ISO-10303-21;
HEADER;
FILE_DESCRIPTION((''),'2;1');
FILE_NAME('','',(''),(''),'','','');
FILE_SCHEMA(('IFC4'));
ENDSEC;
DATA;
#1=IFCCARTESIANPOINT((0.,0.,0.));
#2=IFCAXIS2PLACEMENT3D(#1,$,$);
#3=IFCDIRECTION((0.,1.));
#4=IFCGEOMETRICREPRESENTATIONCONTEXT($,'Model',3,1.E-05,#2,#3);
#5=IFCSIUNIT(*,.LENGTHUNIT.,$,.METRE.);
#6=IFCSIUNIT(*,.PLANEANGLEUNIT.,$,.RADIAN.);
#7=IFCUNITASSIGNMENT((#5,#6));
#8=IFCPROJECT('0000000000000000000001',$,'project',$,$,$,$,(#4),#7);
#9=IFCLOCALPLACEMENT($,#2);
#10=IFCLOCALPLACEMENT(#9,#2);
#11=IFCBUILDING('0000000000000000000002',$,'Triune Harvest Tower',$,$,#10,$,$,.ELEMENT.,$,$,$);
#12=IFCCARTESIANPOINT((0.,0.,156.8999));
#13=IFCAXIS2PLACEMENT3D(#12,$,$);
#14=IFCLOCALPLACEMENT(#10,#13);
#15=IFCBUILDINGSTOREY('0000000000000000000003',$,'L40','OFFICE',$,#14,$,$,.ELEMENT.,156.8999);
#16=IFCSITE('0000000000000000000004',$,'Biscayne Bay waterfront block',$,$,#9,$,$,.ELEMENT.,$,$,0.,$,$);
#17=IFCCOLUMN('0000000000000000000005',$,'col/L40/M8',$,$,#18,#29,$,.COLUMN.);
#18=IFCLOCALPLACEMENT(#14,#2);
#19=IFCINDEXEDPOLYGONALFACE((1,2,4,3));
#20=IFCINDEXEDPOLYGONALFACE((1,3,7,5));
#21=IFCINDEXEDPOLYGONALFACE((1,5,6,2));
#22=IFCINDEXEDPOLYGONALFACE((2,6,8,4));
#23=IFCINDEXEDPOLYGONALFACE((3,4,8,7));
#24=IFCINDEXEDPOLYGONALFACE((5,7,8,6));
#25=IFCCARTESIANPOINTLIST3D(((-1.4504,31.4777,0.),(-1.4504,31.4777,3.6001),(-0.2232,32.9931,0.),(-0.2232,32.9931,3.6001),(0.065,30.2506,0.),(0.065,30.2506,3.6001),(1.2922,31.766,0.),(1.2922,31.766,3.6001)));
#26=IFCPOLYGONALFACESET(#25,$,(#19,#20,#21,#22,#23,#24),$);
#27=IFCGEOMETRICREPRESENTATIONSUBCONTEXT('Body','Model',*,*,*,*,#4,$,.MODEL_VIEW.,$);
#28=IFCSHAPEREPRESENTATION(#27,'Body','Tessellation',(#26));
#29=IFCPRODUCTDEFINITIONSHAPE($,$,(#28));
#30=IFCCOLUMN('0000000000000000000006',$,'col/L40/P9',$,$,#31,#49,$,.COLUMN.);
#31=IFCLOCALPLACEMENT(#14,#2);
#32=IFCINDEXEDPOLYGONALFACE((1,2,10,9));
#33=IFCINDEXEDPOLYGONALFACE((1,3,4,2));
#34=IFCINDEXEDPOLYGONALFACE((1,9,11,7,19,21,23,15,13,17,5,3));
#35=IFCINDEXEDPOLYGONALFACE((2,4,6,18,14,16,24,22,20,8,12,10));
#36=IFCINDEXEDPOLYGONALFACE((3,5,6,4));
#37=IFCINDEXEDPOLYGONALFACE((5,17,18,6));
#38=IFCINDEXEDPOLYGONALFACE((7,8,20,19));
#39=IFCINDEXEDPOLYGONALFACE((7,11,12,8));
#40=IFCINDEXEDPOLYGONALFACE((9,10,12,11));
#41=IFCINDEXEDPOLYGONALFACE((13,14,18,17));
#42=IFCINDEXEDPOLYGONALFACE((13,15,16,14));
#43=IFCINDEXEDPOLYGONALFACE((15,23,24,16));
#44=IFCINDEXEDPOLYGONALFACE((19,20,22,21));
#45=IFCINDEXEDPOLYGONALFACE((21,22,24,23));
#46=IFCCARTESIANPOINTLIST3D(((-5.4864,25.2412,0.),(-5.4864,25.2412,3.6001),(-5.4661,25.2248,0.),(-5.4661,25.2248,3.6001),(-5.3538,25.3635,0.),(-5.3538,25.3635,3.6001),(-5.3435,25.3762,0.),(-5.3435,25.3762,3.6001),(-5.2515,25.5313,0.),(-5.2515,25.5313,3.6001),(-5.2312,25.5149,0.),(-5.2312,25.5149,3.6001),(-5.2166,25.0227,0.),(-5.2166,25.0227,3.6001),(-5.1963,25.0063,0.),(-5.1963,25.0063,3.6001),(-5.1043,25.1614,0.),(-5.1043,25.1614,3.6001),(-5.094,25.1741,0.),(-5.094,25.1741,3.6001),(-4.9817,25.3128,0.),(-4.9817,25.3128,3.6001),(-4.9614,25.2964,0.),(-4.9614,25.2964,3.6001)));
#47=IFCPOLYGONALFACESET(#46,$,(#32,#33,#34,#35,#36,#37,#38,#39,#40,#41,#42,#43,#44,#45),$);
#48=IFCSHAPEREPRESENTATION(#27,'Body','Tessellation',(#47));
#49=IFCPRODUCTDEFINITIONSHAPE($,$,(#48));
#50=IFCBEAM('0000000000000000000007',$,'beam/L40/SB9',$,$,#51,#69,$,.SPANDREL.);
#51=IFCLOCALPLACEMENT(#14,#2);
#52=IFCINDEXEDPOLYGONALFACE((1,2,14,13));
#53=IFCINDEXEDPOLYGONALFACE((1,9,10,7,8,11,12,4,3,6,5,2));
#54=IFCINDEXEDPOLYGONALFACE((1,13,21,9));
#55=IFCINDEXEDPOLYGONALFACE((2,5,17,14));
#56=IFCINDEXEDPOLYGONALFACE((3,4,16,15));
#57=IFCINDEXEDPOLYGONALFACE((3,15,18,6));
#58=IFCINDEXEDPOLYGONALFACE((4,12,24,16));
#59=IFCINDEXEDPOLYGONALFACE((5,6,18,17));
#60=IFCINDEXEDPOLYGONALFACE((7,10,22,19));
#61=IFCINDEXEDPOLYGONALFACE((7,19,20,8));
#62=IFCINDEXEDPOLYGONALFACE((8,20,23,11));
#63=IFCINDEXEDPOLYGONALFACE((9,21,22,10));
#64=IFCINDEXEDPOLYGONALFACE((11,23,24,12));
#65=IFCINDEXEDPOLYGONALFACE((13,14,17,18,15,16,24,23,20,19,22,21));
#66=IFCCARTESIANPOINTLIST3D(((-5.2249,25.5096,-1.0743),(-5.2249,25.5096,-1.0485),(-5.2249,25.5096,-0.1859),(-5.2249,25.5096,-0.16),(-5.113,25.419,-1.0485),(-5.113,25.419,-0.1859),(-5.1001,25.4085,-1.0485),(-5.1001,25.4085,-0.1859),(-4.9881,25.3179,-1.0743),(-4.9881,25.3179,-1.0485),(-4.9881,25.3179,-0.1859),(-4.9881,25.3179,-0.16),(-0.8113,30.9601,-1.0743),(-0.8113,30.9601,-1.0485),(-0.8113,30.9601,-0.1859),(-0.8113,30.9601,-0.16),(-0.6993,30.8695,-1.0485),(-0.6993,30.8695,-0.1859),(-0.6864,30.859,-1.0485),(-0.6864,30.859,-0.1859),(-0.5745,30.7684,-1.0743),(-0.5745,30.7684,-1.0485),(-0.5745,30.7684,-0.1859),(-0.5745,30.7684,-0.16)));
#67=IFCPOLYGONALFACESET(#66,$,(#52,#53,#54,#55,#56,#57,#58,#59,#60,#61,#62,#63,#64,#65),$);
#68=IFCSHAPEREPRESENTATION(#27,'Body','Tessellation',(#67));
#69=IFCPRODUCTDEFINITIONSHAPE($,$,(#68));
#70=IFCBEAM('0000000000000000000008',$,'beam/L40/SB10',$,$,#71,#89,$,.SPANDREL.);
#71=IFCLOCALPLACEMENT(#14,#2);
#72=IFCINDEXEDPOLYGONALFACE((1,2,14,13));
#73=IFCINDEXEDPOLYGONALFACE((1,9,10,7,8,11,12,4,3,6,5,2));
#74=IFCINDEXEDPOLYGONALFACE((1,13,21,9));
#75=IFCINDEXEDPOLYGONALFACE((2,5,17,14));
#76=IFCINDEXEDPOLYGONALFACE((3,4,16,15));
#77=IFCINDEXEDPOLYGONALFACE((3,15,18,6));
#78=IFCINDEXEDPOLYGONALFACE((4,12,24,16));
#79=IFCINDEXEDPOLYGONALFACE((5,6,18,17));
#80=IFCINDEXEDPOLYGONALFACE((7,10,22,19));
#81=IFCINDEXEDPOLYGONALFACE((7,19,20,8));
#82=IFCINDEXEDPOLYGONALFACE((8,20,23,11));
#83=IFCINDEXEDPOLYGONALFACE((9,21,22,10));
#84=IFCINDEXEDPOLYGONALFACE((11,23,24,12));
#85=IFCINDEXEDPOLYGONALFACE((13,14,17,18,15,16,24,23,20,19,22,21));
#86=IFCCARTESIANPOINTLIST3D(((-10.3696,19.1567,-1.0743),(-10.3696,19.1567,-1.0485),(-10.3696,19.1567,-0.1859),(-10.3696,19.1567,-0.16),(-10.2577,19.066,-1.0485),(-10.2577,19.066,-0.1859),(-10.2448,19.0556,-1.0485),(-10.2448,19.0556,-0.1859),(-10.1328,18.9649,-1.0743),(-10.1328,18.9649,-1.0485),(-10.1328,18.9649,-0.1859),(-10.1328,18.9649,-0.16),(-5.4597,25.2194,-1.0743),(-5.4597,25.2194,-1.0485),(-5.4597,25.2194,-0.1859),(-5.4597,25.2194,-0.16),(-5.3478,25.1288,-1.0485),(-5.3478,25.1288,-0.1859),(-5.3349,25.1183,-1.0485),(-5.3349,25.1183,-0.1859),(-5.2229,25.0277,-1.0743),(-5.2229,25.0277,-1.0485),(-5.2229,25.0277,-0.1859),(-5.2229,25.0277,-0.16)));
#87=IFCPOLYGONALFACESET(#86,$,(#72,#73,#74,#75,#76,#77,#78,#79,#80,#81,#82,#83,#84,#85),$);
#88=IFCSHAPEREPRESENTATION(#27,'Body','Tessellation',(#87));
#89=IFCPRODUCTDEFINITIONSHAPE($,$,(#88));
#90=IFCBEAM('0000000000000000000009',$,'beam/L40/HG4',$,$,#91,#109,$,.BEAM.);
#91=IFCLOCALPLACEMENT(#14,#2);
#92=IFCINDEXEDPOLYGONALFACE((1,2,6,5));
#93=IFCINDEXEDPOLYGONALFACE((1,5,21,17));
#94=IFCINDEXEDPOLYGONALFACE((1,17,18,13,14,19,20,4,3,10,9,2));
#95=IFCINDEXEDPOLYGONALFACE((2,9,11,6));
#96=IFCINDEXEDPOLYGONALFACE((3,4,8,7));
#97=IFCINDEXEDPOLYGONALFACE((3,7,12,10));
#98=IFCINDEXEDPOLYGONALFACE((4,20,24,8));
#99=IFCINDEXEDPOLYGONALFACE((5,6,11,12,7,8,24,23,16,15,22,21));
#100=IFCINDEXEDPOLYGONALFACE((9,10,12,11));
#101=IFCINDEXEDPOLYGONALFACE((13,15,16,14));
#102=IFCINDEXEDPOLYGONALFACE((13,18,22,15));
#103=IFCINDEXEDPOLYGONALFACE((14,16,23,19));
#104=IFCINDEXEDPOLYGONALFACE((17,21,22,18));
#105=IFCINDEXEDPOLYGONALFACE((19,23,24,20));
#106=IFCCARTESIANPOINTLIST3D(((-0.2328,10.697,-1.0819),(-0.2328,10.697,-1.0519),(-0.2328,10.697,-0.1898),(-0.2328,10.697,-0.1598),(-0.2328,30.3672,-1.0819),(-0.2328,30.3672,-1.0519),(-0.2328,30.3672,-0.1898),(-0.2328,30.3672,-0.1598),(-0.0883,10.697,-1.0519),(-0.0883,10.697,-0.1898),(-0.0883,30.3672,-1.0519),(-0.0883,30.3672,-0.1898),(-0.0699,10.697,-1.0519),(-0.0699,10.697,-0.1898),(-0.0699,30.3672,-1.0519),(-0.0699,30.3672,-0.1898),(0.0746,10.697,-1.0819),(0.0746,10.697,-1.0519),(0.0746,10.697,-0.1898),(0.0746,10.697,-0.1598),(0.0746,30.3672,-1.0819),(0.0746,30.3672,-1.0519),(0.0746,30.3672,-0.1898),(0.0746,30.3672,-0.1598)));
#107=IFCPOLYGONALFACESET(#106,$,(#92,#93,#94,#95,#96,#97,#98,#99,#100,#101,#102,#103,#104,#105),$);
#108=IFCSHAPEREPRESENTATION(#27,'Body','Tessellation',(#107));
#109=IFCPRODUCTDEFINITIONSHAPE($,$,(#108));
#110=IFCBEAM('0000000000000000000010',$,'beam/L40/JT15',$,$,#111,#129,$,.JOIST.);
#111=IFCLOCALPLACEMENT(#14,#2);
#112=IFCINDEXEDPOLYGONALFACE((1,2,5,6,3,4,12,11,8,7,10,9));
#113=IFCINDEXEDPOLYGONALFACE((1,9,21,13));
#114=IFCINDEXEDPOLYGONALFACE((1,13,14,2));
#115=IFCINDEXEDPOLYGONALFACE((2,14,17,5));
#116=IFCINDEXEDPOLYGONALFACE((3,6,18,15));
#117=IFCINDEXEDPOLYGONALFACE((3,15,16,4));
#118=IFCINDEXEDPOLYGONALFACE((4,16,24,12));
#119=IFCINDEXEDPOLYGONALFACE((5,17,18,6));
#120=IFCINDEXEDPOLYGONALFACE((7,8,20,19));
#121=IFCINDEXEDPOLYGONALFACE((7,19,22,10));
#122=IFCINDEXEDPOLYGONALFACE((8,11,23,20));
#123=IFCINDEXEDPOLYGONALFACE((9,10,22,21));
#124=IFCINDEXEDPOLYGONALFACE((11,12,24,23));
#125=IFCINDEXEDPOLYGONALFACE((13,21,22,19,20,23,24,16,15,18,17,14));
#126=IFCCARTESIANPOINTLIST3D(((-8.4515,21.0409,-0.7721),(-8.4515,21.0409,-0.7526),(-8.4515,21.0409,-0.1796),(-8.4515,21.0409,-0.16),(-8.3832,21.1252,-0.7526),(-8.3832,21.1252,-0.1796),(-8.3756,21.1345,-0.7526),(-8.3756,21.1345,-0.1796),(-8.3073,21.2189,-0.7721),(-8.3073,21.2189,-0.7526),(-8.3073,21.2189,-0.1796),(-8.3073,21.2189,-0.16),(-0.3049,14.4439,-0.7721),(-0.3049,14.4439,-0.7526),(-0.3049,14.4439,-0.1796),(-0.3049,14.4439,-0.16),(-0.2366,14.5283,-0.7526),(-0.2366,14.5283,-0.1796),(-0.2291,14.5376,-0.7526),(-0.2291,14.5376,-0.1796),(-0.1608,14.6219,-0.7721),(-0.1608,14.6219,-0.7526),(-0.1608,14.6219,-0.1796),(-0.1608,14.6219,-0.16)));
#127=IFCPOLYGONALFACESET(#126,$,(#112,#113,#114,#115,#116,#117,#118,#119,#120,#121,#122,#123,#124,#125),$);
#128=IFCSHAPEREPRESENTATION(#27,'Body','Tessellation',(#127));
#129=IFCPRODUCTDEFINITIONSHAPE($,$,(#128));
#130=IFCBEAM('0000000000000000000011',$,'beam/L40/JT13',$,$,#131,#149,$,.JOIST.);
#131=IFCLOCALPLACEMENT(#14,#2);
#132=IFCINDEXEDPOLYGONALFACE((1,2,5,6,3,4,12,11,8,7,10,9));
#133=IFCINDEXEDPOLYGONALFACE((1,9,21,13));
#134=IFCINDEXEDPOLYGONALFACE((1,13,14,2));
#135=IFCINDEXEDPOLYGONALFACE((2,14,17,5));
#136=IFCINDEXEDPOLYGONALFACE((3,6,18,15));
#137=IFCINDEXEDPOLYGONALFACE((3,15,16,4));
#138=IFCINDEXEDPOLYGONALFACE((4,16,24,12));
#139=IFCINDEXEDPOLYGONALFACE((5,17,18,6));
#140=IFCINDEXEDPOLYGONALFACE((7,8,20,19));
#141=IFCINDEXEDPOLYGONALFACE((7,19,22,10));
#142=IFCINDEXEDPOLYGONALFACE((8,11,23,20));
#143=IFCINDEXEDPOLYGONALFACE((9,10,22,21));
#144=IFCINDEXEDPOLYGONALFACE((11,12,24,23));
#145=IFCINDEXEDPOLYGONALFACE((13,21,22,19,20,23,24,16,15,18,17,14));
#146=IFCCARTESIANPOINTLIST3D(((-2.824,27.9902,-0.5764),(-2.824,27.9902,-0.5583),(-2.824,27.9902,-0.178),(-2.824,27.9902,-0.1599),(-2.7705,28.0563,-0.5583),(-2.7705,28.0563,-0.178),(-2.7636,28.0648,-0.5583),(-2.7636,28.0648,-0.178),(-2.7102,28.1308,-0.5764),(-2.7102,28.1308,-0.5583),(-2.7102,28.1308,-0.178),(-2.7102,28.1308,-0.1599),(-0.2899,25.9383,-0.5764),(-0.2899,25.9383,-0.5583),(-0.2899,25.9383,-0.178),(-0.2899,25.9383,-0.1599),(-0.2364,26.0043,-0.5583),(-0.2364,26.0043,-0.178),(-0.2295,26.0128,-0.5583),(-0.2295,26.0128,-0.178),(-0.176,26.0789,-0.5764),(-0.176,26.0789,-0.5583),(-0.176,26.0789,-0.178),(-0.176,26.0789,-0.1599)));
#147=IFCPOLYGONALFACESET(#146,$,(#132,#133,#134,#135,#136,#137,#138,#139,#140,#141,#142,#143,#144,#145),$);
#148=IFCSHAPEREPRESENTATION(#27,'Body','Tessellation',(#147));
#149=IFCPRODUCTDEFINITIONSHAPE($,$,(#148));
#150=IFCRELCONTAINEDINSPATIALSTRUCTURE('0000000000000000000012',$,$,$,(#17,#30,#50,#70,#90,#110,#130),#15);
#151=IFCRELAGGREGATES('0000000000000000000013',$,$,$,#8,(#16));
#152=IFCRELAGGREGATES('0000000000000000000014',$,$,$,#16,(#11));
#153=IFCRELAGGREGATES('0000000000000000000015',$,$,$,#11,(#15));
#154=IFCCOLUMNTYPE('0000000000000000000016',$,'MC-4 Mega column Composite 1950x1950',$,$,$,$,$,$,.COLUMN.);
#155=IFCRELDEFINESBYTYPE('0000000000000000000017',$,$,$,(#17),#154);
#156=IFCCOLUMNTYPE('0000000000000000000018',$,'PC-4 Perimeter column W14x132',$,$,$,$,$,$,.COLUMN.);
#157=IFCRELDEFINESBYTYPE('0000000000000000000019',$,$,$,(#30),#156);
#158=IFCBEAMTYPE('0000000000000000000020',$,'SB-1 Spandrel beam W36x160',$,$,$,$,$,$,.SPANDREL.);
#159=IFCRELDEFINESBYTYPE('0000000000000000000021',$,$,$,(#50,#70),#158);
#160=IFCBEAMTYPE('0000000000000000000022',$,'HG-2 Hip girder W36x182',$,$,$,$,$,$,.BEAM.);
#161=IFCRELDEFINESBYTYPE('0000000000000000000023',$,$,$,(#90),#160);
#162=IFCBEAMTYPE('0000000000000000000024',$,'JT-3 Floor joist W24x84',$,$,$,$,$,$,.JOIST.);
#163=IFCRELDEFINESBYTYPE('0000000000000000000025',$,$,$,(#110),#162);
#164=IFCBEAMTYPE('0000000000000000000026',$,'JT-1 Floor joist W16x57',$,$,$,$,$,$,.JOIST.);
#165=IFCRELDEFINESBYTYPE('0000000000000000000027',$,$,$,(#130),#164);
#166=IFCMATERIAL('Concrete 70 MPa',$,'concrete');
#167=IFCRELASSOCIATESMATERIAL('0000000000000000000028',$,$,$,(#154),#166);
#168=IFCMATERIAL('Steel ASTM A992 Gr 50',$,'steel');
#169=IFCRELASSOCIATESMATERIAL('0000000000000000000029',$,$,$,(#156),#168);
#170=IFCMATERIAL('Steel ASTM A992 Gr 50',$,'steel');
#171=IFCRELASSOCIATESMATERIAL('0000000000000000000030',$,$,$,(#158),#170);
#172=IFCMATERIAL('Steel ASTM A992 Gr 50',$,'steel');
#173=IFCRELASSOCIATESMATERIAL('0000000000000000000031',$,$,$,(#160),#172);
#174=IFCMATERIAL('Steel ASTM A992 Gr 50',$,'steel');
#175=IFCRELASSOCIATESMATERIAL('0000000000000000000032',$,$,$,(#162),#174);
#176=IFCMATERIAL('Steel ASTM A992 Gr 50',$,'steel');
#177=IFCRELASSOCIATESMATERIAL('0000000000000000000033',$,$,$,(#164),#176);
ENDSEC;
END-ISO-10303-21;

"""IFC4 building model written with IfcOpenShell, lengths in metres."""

from ifc_helpers import new_model, si_unit, direction, frame, origin, origin_2d, place, context, subcontext, project, spatial, rectangle, i_section, extrude, source, transform, mapped, material, material_profile, profile_set, type_object, element, save


model = new_model("IFC4")

# Units and contexts
model_context = context("Model", 3, precision=1e-05, world=origin(), true_north=direction((0.0, 1.0)))
body_context = subcontext(model_context, "Body", "Model", "MODEL_VIEW")
ifc_project = project(units=[si_unit("LENGTHUNIT", "METRE"), si_unit("PLANEANGLEUNIT", "RADIAN")], contexts=[model_context])

# Site, building, storey
site_placement = place(None, origin())
site = spatial("IfcSite", under=ifc_project, at=site_placement, Name="Biscayne Bay waterfront block", CompositionType="ELEMENT", RefElevation=0.0)
building_placement = place(site_placement, origin())
building = spatial("IfcBuilding", under=site, at=building_placement, Name="Triune Harvest Tower", CompositionType="ELEMENT")
storey_placement = place(building_placement, frame((0.0, 0.0, 156.8999)))
storey = spatial("IfcBuildingStorey", under=building, at=storey_placement, Name="L40", Description="OFFICE", CompositionType="ELEMENT", Elevation=156.8999)

# Columns
ifc_material_1 = material(Name="Concrete 70 MPa", Category="concrete")
ifc_material_profile_1 = material_profile(ifc_material_1, rectangle(XDim=1.95, YDim=1.95, at=origin_2d()), Name="Composite 1950x1950")
ifc_profile_set_1 = profile_set([ifc_material_profile_1], Name="Concrete 70 MPa")
column_type_1 = type_object("IfcColumnType", Name="MC-4 Mega column Composite 1950x1950", PredefinedType="COLUMN", material=ifc_profile_set_1)
shared_shape_1 = source(origin(), body_context, "Body", "SweptSolid", [
    extrude(rectangle(XDim=1.95, YDim=1.95, at=origin_2d()), origin(), (0.0, 0.0, 1.0), 3.6001),
])
column_1_placement = place(storey_placement, frame((-0.0791, 31.6218, 0.0), z_axis=(0.0, 0.0, 1.0), x_axis=(-0.629322, -0.777145, 0.0)))
element("IfcColumn", 1, at=column_1_placement, inside=storey, type_object=column_type_1, Name="col/L40/M8", PredefinedType="COLUMN", context=body_context, shape_type="MappedRepresentation", body=[
    mapped(shared_shape_1, transform((0.0, 0.0, 0.0), scale=1.0)),
])
ifc_material_2 = material(Name="Steel ASTM A992 Gr 50", Category="steel")
ifc_material_profile_2 = material_profile(ifc_material_2, i_section(OverallWidth=0.3733, OverallDepth=0.3733, WebThickness=0.0164, FlangeThickness=0.0261, at=origin_2d()), Name="W14x132")
ifc_profile_set_2 = profile_set([ifc_material_profile_2], Name="Steel ASTM A992 Gr 50")
column_type_2 = type_object("IfcColumnType", Name="PC-4 Perimeter column W14x132", PredefinedType="COLUMN", material=ifc_profile_set_2)
shared_shape_2 = source(origin(), body_context, "Body", "SweptSolid", [
    extrude(i_section(OverallWidth=0.3733, OverallDepth=0.3733, WebThickness=0.0164, FlangeThickness=0.0261, at=origin_2d()), origin(), (0.0, 0.0, 1.0), 3.6001),
])
column_2_placement = place(storey_placement, frame((-5.2239, 25.2688, 0.0), z_axis=(0.0, 0.0, 1.0), x_axis=(-0.629322, -0.777145, 0.0)))
element("IfcColumn", 2, at=column_2_placement, inside=storey, type_object=column_type_2, Name="col/L40/P9", PredefinedType="COLUMN", context=body_context, shape_type="MappedRepresentation", body=[
    mapped(shared_shape_2, transform((0.0, 0.0, 0.0), scale=1.0)),
])

# Beams
ifc_material_3 = material(Name="Steel ASTM A992 Gr 50", Category="steel")
ifc_material_profile_3 = material_profile(ifc_material_3, i_section(OverallWidth=0.3047, OverallDepth=0.9143, WebThickness=0.0166, FlangeThickness=0.0259, at=origin_2d()), Name="W36x160")
ifc_profile_set_3 = profile_set([ifc_material_profile_3], Name="Steel ASTM A992 Gr 50")
beam_type_1 = type_object("IfcBeamType", Name="SB-1 Spandrel beam W36x160", PredefinedType="SPANDREL", material=ifc_profile_set_3)
shared_shape_3 = source(origin(), body_context, "Body", "SweptSolid", [
    extrude(i_section(OverallWidth=0.3047, OverallDepth=0.9143, WebThickness=0.0166, FlangeThickness=0.0259, at=origin_2d()), origin(), (0.0, 0.0, 1.0), 7.0134),
])
beam_1_placement = place(storey_placement, frame((-0.6929, 30.8643, -0.6172), z_axis=(-0.629311, -0.777153, 0.0), x_axis=(0.777153, -0.629311, 0.0)))
element("IfcBeam", 3, at=beam_1_placement, inside=storey, type_object=beam_type_1, Name="beam/L40/SB9", PredefinedType="SPANDREL", context=body_context, shape_type="MappedRepresentation", body=[
    mapped(shared_shape_3, transform((0.0, 0.0, 0.0), scale=1.0)),
])
shared_shape_4 = source(origin(), body_context, "Body", "SweptSolid", [
    extrude(i_section(OverallWidth=0.3047, OverallDepth=0.9143, WebThickness=0.0166, FlangeThickness=0.0259, at=origin_2d()), origin(), (0.0, 0.0, 1.0), 7.8015),
])
beam_2_placement = place(storey_placement, frame((-5.3413, 25.1235, -0.6172), z_axis=(-0.629351, -0.777121, 0.0), x_axis=(0.777121, -0.629351, 0.0)))
element("IfcBeam", 4, at=beam_2_placement, inside=storey, type_object=beam_type_1, Name="beam/L40/SB10", PredefinedType="SPANDREL", context=body_context, shape_type="MappedRepresentation", body=[
    mapped(shared_shape_4, transform((0.0, 0.0, 0.0), scale=1.0)),
])
ifc_material_4 = material(Name="Steel ASTM A992 Gr 50", Category="steel")
ifc_material_profile_4 = material_profile(ifc_material_4, i_section(OverallWidth=0.3074, OverallDepth=0.9221, WebThickness=0.0183, FlangeThickness=0.03, at=origin_2d()), Name="W36x182")
ifc_profile_set_4 = profile_set([ifc_material_profile_4], Name="Steel ASTM A992 Gr 50")
beam_type_2 = type_object("IfcBeamType", Name="HG-2 Hip girder W36x182", PredefinedType="BEAM", material=ifc_profile_set_4)
shared_shape_5 = source(origin(), body_context, "Body", "SweptSolid", [
    extrude(i_section(OverallWidth=0.3074, OverallDepth=0.9221, WebThickness=0.0183, FlangeThickness=0.03, at=origin_2d()), origin(), (0.0, 0.0, 1.0), 19.6702),
])
beam_3_placement = place(storey_placement, frame((-0.0791, 30.3672, -0.6208), z_axis=(0.0, -1.0, 0.0), x_axis=(1.0, 0.0, 0.0)))
element("IfcBeam", 5, at=beam_3_placement, inside=storey, type_object=beam_type_2, Name="beam/L40/HG4", PredefinedType="BEAM", context=body_context, shape_type="MappedRepresentation", body=[
    mapped(shared_shape_5, transform((0.0, 0.0, 0.0), scale=1.0)),
])
ifc_material_5 = material(Name="Steel ASTM A992 Gr 50", Category="steel")
ifc_material_profile_5 = material_profile(ifc_material_5, i_section(OverallWidth=0.229, OverallDepth=0.6121, WebThickness=0.012, FlangeThickness=0.0195, at=origin_2d()), Name="W24x84")
ifc_profile_set_5 = profile_set([ifc_material_profile_5], Name="Steel ASTM A992 Gr 50")
beam_type_3 = type_object("IfcBeamType", Name="JT-3 Floor joist W24x84", PredefinedType="JOIST", material=ifc_profile_set_5)
shared_shape_6 = source(origin(), body_context, "Body", "SweptSolid", [
    extrude(i_section(OverallWidth=0.229, OverallDepth=0.6121, WebThickness=0.012, FlangeThickness=0.0195, at=origin_2d()), origin(), (0.0, 0.0, 1.0), 10.4827),
])
beam_4_placement = place(storey_placement, frame((-8.3794, 21.1299, -0.4661), z_axis=(0.777145, -0.629322, 0.0), x_axis=(0.629322, 0.777145, 0.0)))
element("IfcBeam", 6, at=beam_4_placement, inside=storey, type_object=beam_type_3, Name="beam/L40/JT15", PredefinedType="JOIST", context=body_context, shape_type="MappedRepresentation", body=[
    mapped(shared_shape_6, transform((0.0, 0.0, 0.0), scale=1.0)),
])
ifc_material_6 = material(Name="Steel ASTM A992 Gr 50", Category="steel")
ifc_material_profile_6 = material_profile(ifc_material_6, i_section(OverallWidth=0.1809, OverallDepth=0.4165, WebThickness=0.011, FlangeThickness=0.0181, at=origin_2d()), Name="W16x57")
ifc_profile_set_6 = profile_set([ifc_material_profile_6], Name="Steel ASTM A992 Gr 50")
beam_type_4 = type_object("IfcBeamType", Name="JT-1 Floor joist W16x57", PredefinedType="JOIST", material=ifc_profile_set_6)
shared_shape_7 = source(origin(), body_context, "Body", "SweptSolid", [
    extrude(i_section(OverallWidth=0.1809, OverallDepth=0.4165, WebThickness=0.011, FlangeThickness=0.0181, at=origin_2d()), origin(), (0.0, 0.0, 1.0), 3.2607),
])
beam_5_placement = place(storey_placement, frame((-2.7671, 28.0605, -0.3682), z_axis=(0.777166, -0.629295, 0.0), x_axis=(0.629295, 0.777166, 0.0)))
element("IfcBeam", 7, at=beam_5_placement, inside=storey, type_object=beam_type_4, Name="beam/L40/JT13", PredefinedType="JOIST", context=body_context, shape_type="MappedRepresentation", body=[
    mapped(shared_shape_7, transform((0.0, 0.0, 0.0), scale=1.0)),
])

save(model, "model.ifc")
